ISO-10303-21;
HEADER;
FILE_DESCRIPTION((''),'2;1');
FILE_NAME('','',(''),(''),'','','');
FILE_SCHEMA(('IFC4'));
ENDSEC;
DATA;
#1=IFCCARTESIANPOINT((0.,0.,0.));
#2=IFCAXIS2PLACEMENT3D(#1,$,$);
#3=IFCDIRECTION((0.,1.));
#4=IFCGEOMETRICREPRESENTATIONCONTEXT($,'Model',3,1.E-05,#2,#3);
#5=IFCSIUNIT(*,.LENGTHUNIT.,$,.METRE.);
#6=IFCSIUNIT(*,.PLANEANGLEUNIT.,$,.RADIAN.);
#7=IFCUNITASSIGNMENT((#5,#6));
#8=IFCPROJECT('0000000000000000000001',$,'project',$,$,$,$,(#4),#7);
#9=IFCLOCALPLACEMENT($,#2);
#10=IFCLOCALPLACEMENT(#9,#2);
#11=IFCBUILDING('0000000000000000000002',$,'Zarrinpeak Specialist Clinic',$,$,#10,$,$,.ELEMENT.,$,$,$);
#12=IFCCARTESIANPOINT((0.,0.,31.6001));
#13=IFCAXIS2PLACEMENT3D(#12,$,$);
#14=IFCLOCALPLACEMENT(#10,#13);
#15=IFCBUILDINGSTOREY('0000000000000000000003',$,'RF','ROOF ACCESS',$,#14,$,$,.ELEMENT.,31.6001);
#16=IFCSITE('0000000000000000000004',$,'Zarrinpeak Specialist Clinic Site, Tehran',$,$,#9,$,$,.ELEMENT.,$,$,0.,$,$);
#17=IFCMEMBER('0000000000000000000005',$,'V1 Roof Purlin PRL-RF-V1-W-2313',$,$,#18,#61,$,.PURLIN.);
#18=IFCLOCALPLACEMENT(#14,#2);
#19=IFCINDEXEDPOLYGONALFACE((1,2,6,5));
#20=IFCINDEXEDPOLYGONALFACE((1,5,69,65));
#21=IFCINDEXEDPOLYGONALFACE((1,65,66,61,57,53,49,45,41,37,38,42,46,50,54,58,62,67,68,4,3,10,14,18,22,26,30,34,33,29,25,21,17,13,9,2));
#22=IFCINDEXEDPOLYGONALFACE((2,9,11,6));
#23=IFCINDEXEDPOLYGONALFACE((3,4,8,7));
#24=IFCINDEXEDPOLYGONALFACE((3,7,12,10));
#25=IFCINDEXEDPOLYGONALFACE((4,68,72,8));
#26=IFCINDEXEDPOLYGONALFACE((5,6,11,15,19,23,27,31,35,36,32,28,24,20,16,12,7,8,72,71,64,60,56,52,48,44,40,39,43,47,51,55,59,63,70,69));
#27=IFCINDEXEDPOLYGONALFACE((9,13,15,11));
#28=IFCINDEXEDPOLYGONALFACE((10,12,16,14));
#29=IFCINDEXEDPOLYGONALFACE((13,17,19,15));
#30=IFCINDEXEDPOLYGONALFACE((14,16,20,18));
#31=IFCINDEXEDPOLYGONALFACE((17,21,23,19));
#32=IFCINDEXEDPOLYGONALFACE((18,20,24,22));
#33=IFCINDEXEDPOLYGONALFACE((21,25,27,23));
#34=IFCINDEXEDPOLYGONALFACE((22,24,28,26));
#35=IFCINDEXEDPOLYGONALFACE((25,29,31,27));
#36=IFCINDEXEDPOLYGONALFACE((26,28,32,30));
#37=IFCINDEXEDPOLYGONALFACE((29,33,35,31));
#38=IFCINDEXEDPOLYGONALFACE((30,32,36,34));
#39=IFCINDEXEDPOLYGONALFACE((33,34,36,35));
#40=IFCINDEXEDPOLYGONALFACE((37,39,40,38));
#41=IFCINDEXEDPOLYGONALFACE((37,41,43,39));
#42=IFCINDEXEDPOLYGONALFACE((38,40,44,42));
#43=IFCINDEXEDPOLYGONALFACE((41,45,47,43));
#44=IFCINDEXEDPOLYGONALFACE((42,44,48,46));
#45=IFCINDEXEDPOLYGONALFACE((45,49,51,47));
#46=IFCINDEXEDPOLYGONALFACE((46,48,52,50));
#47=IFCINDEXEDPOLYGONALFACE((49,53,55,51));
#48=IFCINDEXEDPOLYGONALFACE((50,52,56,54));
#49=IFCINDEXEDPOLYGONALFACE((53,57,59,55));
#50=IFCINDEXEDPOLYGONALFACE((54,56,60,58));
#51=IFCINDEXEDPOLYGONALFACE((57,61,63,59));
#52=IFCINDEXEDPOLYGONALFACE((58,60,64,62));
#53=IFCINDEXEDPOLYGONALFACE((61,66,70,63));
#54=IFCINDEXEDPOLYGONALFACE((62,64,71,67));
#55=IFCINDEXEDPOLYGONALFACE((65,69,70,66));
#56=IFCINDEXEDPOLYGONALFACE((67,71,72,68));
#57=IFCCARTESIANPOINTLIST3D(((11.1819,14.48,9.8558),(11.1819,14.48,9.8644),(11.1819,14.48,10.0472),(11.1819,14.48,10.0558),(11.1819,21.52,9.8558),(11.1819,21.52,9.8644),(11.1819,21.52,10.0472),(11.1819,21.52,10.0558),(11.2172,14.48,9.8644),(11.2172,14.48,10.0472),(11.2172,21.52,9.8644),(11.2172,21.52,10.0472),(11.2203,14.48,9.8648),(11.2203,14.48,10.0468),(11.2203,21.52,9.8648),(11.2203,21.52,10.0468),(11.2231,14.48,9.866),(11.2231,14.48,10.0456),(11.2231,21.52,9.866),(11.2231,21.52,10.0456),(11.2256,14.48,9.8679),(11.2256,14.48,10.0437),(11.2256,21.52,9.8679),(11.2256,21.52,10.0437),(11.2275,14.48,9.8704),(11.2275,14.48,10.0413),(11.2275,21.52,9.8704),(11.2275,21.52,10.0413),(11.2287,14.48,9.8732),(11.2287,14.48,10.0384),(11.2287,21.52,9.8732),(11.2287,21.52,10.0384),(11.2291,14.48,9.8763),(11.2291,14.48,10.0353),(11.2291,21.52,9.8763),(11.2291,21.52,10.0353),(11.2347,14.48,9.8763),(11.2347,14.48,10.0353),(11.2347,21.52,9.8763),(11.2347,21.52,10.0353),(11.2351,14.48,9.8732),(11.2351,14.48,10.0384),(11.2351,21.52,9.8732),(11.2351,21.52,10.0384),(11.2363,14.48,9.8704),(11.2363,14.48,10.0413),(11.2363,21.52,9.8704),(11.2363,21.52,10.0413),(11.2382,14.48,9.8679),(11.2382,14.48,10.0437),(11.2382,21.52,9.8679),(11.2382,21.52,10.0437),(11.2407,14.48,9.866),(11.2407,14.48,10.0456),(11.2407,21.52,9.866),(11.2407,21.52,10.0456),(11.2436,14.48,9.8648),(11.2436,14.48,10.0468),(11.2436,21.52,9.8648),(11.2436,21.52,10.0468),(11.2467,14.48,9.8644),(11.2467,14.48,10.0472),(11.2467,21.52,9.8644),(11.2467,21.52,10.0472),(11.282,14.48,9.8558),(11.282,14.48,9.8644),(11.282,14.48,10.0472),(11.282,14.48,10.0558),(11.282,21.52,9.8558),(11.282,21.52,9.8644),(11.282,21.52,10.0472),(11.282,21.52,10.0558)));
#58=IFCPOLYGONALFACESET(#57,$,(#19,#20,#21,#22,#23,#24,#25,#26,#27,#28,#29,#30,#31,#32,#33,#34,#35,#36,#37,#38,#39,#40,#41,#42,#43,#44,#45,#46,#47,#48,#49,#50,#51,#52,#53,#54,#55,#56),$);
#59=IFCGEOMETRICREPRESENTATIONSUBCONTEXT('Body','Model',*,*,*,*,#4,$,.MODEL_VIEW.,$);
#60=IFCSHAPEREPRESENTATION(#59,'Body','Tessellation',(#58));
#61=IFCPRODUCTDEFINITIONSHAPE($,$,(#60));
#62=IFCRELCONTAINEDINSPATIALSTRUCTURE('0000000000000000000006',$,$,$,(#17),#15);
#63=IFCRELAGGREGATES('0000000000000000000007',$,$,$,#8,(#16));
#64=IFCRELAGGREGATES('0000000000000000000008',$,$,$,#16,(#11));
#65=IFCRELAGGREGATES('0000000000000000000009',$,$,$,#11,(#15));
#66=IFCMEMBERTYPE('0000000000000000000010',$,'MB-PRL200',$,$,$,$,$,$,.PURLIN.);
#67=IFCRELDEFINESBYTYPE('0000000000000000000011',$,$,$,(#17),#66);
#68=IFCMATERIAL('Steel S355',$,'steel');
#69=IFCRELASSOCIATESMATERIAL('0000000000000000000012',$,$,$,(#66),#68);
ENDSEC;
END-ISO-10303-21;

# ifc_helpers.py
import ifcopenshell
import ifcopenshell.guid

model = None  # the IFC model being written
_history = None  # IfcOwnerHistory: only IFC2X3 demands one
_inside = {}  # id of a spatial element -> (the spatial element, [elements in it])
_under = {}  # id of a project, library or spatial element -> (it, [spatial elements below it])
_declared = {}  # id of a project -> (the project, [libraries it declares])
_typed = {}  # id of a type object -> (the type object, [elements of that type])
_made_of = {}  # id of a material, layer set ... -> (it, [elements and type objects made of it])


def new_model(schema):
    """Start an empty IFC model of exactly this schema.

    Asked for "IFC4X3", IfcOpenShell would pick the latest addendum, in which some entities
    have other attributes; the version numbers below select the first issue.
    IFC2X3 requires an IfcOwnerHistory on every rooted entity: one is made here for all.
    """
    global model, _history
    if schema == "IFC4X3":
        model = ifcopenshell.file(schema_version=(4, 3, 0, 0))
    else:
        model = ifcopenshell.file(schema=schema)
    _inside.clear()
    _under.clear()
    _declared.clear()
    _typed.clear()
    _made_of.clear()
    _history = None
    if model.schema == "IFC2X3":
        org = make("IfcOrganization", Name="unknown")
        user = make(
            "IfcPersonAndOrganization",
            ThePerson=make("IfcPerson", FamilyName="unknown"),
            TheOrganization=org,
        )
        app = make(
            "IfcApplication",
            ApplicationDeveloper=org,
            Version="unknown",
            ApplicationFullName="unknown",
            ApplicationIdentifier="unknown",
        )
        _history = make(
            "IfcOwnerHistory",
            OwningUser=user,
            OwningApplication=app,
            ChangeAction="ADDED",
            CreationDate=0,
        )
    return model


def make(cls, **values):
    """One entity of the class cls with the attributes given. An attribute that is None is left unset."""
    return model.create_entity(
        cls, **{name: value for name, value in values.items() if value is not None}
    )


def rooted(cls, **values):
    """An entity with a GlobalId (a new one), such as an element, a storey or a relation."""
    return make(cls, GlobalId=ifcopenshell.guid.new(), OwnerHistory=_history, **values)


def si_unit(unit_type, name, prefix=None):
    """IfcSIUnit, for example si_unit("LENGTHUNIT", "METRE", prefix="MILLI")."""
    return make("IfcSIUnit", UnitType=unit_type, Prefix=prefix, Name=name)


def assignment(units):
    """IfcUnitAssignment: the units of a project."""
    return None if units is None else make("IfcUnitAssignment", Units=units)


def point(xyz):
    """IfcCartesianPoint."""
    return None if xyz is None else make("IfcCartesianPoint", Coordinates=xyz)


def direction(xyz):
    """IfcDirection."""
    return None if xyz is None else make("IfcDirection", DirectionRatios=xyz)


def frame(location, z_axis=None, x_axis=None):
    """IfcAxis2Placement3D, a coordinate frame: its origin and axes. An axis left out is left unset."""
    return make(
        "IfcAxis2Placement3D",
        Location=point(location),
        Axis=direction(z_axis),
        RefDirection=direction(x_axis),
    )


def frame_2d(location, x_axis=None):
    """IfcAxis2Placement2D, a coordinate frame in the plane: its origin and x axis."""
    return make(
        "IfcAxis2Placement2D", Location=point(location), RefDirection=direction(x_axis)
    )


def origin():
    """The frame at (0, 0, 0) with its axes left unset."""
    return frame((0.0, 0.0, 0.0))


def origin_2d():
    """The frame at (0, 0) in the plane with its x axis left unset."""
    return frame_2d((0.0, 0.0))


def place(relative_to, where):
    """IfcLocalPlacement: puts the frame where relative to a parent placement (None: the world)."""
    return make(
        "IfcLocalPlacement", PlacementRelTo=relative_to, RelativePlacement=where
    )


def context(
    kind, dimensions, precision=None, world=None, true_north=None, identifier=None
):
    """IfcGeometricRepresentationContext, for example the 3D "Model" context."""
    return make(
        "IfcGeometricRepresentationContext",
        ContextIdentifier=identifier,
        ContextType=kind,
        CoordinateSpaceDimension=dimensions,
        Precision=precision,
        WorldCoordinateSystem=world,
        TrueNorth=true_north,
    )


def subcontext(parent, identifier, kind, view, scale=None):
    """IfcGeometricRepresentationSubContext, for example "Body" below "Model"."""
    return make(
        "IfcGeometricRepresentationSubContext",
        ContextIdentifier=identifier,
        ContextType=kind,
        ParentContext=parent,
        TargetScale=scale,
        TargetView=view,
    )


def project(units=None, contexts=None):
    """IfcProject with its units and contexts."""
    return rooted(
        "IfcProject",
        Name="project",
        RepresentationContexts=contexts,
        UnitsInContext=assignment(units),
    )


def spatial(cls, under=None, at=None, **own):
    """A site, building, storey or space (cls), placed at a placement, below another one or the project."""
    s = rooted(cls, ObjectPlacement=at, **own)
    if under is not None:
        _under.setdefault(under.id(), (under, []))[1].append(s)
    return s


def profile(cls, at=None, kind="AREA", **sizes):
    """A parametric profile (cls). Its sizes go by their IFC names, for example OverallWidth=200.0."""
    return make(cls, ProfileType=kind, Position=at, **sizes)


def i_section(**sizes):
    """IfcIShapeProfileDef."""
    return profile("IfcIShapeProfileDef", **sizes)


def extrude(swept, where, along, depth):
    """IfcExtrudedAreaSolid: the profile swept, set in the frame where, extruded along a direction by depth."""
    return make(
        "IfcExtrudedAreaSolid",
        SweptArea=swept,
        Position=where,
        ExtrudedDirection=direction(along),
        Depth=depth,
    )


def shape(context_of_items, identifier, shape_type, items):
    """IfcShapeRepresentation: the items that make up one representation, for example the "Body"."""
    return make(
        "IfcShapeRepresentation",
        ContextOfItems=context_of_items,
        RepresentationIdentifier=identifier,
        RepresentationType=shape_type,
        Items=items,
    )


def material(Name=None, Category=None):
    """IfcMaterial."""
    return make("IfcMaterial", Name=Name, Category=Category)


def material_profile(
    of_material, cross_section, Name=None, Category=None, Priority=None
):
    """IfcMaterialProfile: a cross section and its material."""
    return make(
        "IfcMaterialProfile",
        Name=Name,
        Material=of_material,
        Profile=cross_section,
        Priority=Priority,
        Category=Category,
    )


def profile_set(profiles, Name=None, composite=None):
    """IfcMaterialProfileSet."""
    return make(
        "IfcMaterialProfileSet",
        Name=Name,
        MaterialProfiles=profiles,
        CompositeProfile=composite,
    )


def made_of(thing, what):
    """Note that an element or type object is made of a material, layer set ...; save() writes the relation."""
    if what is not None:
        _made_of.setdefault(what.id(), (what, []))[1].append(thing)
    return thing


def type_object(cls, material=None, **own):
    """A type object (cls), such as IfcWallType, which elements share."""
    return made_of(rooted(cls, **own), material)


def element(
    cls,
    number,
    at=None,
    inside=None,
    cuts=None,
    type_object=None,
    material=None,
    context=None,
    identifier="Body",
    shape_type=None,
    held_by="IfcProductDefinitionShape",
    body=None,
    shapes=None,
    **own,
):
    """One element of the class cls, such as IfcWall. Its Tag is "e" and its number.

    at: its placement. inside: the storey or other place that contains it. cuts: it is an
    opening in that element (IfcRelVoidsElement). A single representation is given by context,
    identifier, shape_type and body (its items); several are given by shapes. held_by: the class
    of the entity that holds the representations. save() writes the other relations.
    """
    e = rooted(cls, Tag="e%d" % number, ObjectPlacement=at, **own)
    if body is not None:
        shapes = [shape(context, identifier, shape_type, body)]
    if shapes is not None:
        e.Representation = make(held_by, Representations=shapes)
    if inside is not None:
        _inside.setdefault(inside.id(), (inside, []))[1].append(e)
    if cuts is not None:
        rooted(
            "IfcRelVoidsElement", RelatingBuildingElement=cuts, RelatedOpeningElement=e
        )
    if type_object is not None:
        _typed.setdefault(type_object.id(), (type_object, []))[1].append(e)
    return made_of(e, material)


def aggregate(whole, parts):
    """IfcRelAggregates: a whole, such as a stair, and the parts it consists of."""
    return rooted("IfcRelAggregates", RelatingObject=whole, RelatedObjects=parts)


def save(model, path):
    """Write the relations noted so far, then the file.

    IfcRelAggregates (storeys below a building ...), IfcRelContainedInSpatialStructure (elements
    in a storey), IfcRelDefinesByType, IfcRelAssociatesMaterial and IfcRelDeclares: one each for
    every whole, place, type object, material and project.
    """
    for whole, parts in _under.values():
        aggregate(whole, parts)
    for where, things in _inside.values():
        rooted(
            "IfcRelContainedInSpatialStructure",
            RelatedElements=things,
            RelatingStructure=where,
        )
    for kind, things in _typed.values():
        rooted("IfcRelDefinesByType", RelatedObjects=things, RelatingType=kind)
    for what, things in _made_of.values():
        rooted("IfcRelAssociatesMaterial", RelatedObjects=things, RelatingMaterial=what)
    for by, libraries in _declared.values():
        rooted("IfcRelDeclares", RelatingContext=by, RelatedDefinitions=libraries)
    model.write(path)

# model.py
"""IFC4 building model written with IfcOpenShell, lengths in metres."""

from ifc_helpers import new_model, si_unit, direction, frame, origin, origin_2d, place, context, subcontext, project, spatial, i_section, extrude, material, material_profile, profile_set, type_object, element, save


model = new_model("IFC4")

# Units and contexts
model_context = context("Model", 3, precision=1e-05, world=origin(), true_north=direction((0.0, 1.0)))
body_context = subcontext(model_context, "Body", "Model", "MODEL_VIEW")
ifc_project = project(units=[si_unit("LENGTHUNIT", "METRE"), si_unit("PLANEANGLEUNIT", "RADIAN")], contexts=[model_context])

# Site, building, storey
site_placement = place(None, origin())
site = spatial("IfcSite", under=ifc_project, at=site_placement, Name="Zarrinpeak Specialist Clinic Site, Tehran", CompositionType="ELEMENT", RefElevation=0.0)
building_placement = place(site_placement, origin())
building = spatial("IfcBuilding", under=site, at=building_placement, Name="Zarrinpeak Specialist Clinic", CompositionType="ELEMENT")
storey_placement = place(building_placement, frame((0.0, 0.0, 31.6001)))
storey = spatial("IfcBuildingStorey", under=building, at=storey_placement, Name="RF", Description="ROOF ACCESS", CompositionType="ELEMENT", Elevation=31.6001)

# Shared definitions
ifc_material_1 = material(Name="Steel S355", Category="steel")

# Member
ifc_material_profile_1 = material_profile(ifc_material_1, i_section(OverallWidth=0.1001, OverallDepth=0.2, WebThickness=0.0056, FlangeThickness=0.0085, FilletRadius=0.012, at=origin_2d()), Name="IPE 200")
ifc_profile_set_1 = profile_set([ifc_material_profile_1], Name="Steel S355")
member_type = type_object("IfcMemberType", Name="MB-PRL200", PredefinedType="PURLIN", material=ifc_profile_set_1)
for number, where, z_axis, x_axis, name in (
    (1, (11.2319, 14.48, 9.9558), (0.0, 1.0, 0.0), (-1.0, 0.0, 0.0), "V1 Roof Purlin PRL-RF-V1-W-2313"),
):
    element("IfcMember", number, at=place(storey_placement, frame(where, z_axis=z_axis, x_axis=x_axis)), inside=storey, type_object=member_type, Name=name, PredefinedType="PURLIN", context=body_context, shape_type="SweptSolid", body=[
        extrude(i_section(OverallWidth=0.1001, OverallDepth=0.2, WebThickness=0.0056, FlangeThickness=0.0085, FilletRadius=0.012, at=origin_2d()), origin(), (0.0, 0.0, 1.0), 7.04),
    ])

save(model, "model.ifc")
